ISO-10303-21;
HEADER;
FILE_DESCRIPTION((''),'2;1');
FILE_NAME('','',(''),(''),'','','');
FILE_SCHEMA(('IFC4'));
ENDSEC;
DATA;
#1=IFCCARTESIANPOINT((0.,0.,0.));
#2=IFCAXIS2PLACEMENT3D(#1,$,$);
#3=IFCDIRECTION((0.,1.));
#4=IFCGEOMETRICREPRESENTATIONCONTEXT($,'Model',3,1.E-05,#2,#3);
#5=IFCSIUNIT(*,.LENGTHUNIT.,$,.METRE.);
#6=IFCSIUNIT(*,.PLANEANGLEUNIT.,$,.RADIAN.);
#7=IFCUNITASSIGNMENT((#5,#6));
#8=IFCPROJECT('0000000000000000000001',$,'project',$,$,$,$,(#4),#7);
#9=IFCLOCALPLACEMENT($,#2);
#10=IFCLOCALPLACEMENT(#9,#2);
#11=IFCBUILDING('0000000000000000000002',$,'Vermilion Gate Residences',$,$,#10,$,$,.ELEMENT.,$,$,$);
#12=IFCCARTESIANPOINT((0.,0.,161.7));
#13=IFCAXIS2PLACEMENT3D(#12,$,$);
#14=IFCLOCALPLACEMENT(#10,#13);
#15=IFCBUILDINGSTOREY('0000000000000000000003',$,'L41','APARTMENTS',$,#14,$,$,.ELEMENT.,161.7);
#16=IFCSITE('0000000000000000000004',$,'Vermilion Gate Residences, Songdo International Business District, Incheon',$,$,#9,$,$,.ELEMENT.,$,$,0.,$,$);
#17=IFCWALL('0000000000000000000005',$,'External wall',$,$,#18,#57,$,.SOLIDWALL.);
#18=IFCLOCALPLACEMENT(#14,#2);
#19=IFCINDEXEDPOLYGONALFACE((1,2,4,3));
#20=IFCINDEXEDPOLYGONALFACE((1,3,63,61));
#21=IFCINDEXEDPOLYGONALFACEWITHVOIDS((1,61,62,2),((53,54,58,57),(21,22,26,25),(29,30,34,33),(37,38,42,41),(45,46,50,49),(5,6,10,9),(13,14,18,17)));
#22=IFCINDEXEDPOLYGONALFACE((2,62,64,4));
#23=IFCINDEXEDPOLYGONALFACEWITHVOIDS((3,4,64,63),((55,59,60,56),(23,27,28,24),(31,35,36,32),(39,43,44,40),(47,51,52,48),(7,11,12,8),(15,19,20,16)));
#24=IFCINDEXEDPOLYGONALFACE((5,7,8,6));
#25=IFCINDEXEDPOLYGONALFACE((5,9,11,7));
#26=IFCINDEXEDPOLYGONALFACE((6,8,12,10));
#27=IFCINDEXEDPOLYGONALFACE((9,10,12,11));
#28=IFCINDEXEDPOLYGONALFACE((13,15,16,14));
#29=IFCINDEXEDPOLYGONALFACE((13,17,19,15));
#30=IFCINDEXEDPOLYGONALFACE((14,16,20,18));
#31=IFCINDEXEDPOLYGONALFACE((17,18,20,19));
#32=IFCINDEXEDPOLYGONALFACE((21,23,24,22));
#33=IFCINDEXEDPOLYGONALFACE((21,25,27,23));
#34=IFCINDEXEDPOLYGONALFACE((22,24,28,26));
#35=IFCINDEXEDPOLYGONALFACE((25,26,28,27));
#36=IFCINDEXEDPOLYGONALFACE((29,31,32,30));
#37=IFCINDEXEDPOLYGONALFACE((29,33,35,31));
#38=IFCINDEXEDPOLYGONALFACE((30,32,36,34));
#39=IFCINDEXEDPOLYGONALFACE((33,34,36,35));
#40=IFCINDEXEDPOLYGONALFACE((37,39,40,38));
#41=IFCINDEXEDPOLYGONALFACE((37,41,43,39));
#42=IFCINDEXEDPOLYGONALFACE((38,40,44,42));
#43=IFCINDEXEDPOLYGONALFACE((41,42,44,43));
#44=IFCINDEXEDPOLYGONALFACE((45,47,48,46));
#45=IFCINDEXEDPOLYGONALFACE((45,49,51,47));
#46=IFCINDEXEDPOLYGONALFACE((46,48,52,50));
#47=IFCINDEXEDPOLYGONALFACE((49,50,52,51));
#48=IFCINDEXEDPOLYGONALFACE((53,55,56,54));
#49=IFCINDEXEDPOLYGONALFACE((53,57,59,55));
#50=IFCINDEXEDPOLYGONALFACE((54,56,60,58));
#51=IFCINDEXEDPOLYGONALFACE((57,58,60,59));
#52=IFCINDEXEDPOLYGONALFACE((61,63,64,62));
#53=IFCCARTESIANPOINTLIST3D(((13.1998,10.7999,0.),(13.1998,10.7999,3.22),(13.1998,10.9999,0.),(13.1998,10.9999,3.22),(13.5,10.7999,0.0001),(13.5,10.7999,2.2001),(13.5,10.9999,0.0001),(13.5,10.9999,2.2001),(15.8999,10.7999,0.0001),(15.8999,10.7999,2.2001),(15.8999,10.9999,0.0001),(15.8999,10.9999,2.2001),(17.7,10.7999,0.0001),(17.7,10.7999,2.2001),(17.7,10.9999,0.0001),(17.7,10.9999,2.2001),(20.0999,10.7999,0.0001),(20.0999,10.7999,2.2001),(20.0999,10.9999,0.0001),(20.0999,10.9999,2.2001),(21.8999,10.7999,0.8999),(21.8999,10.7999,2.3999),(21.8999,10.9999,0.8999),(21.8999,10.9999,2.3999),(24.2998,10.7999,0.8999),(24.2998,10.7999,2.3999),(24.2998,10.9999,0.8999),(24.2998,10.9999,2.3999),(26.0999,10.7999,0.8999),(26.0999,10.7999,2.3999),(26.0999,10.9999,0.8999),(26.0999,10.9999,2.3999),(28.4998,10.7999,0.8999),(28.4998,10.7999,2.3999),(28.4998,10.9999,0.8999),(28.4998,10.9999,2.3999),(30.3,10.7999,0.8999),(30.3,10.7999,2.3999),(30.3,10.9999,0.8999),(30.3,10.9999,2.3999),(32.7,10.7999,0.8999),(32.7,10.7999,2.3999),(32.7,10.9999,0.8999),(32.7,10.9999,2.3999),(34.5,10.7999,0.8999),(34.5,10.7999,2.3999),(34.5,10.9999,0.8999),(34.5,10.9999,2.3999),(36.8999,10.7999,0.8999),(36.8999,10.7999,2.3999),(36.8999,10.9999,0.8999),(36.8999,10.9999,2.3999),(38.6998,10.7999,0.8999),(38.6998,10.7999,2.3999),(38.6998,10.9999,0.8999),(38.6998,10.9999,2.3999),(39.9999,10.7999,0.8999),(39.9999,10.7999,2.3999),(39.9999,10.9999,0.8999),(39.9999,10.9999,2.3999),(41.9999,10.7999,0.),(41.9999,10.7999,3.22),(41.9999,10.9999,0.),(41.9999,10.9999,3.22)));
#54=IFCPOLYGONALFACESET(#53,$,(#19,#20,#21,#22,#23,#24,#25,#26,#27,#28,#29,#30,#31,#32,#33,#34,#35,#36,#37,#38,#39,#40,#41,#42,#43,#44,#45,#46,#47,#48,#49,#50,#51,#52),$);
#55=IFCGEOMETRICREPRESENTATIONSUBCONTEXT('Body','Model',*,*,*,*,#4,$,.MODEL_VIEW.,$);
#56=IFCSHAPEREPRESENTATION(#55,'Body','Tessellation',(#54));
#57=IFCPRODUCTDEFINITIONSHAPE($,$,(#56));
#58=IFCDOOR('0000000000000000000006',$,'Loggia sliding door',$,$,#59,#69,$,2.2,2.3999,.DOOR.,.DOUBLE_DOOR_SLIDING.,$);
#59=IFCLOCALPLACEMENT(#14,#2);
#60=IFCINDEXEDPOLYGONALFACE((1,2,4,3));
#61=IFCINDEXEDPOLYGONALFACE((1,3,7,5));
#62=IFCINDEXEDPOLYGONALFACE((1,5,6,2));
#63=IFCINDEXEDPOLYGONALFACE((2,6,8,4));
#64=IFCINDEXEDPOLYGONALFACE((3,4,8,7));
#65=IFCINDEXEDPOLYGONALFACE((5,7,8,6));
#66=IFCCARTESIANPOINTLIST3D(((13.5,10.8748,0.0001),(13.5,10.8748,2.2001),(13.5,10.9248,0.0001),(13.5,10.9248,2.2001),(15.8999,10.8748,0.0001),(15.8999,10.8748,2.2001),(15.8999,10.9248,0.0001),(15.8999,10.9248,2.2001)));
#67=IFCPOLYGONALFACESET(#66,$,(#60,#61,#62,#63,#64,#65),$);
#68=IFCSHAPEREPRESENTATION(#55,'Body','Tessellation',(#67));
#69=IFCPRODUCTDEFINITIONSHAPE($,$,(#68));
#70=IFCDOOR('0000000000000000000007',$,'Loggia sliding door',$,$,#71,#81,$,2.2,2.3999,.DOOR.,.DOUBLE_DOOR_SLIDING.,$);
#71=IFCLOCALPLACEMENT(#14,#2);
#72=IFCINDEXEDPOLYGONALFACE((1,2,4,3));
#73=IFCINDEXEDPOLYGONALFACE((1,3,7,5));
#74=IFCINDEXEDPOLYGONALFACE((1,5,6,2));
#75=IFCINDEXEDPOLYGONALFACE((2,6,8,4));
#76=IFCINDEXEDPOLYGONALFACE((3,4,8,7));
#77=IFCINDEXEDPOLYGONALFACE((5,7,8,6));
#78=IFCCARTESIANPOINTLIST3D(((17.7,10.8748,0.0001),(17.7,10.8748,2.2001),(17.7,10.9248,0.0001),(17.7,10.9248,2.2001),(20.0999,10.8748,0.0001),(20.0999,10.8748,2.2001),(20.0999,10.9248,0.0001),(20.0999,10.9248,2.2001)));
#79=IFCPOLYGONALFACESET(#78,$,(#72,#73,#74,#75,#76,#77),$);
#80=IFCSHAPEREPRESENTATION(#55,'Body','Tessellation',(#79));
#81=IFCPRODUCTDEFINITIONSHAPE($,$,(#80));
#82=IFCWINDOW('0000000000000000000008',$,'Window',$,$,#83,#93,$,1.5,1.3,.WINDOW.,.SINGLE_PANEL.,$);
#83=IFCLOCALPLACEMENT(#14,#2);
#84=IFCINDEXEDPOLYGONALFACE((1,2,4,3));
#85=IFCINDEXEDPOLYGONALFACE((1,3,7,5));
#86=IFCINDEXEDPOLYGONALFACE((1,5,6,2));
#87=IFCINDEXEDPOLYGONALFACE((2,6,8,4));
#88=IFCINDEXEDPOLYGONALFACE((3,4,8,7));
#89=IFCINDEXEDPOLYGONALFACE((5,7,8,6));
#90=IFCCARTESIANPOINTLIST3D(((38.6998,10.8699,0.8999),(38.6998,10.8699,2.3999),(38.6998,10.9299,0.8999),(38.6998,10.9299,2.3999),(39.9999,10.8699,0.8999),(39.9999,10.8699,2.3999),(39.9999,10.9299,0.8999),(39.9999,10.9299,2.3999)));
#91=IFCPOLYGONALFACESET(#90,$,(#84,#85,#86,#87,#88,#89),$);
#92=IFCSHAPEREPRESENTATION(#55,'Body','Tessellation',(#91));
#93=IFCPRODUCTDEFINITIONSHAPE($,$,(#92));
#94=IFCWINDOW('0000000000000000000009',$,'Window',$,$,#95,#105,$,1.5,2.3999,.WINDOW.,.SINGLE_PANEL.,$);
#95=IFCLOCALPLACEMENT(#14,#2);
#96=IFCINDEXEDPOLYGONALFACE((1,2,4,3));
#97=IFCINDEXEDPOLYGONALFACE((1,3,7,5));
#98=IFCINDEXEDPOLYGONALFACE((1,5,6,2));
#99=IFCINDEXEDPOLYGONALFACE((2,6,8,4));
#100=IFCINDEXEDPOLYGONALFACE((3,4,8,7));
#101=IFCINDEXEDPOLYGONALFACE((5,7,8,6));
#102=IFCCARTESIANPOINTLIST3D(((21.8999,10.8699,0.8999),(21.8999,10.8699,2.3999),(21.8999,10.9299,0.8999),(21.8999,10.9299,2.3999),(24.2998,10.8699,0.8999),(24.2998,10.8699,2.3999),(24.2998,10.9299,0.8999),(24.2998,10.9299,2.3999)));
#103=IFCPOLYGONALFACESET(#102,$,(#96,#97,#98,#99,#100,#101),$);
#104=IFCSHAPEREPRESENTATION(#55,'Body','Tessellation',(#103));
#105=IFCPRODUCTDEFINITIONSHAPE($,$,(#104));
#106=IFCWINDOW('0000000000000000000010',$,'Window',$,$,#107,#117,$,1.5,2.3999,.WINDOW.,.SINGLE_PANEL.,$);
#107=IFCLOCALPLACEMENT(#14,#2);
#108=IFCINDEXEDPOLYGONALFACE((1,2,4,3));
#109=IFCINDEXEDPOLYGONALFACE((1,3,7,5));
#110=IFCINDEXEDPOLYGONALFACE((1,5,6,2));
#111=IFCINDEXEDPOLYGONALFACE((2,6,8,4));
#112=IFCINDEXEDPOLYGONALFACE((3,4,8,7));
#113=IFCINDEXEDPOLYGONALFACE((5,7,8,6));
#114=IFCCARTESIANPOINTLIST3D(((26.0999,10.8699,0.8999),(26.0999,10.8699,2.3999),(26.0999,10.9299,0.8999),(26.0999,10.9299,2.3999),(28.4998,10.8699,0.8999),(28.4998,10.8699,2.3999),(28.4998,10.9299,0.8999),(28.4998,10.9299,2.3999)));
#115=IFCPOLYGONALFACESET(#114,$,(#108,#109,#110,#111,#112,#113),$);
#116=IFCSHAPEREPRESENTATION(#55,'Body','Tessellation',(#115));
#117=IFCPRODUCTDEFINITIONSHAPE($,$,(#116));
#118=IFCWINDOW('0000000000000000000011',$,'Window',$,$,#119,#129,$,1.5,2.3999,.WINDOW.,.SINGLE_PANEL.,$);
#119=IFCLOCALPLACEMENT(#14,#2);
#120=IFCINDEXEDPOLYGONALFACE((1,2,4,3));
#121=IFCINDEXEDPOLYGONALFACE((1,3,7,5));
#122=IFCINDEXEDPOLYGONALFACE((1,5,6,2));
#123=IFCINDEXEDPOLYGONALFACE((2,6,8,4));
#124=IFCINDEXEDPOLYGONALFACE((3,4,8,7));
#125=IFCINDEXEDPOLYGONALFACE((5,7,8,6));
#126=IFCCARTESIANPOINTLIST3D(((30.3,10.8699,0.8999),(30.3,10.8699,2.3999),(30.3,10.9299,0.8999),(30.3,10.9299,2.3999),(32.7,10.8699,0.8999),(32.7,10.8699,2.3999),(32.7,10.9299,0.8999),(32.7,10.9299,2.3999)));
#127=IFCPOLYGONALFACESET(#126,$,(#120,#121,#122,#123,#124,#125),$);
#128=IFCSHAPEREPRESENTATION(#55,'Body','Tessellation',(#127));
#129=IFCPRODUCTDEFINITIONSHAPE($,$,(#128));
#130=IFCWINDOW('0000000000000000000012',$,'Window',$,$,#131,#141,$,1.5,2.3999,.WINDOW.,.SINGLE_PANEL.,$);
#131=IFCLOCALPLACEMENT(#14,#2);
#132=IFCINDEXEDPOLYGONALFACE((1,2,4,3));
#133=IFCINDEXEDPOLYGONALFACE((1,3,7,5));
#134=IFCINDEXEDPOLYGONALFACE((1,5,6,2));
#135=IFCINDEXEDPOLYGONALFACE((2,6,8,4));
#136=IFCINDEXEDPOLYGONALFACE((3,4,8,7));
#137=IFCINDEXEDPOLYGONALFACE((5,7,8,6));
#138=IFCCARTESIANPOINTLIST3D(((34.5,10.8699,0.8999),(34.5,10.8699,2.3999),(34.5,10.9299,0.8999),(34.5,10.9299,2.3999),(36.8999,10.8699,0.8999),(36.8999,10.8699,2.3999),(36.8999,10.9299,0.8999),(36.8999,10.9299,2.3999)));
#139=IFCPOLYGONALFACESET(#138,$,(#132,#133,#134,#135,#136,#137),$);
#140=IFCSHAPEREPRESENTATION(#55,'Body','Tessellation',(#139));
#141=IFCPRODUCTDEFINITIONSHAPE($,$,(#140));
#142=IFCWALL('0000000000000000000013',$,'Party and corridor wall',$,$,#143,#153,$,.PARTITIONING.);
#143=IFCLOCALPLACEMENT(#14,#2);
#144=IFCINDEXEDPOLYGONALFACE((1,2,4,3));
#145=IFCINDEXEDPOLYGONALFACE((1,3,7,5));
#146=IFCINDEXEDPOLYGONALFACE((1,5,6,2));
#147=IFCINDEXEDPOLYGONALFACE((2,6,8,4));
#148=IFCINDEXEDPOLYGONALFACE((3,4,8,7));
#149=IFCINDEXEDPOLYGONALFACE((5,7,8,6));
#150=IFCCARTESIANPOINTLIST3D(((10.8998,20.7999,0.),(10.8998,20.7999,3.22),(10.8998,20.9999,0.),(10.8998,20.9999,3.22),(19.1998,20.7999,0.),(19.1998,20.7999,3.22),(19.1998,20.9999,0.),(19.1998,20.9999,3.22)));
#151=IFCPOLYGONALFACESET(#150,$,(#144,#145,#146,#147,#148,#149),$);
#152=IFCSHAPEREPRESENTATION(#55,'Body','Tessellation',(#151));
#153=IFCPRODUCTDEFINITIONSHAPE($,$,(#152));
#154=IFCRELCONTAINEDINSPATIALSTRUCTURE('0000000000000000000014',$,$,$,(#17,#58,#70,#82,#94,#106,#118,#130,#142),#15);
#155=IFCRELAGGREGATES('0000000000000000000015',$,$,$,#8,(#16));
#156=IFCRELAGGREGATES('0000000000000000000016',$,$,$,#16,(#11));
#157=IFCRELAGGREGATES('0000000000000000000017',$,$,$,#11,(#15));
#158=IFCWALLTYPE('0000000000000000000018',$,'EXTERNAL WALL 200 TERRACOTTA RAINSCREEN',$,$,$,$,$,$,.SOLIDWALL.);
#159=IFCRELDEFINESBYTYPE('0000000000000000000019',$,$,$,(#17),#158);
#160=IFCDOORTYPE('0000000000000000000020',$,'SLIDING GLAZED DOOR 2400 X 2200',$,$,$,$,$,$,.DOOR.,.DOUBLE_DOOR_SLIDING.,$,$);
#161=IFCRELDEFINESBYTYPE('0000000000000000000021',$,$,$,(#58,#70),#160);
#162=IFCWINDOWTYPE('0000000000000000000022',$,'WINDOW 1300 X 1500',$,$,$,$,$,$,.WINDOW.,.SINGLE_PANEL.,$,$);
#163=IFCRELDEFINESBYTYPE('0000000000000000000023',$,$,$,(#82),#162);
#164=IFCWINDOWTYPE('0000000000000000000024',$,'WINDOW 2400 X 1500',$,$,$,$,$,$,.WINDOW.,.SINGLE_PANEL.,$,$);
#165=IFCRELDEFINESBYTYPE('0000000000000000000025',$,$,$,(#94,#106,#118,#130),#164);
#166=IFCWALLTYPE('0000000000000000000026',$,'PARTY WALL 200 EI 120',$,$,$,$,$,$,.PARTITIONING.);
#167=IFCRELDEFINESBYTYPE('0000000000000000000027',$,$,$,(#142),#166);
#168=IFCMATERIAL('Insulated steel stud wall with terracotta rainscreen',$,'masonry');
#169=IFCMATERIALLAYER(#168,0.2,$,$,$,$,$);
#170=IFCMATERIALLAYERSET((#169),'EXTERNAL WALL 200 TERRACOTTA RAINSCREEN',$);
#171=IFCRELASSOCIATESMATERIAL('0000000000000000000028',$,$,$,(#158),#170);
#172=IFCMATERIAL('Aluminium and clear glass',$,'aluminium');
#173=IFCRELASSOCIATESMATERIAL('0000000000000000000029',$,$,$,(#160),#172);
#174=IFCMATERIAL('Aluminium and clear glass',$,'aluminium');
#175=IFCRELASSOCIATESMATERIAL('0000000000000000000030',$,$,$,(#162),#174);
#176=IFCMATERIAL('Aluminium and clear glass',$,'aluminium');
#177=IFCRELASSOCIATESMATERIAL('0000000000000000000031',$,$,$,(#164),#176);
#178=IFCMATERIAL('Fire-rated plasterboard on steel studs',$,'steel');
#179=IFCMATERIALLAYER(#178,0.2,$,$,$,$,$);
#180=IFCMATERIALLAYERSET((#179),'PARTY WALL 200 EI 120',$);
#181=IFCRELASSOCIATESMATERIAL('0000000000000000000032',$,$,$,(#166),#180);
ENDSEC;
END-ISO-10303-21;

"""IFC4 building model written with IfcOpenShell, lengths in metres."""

from ifc_helpers import new_model, si_unit, direction, frame, frame_2d, origin, place, context, subcontext, project, spatial, rectangle, extrude, material, layer, layer_set, type_object, element, fill, save


model = new_model("IFC4")

# Units and contexts
model_context = context("Model", 3, precision=1e-05, world=origin(), true_north=direction((0.0, 1.0)))
body_context = subcontext(model_context, "Body", "Model", "MODEL_VIEW")
ifc_project = project(units=[si_unit("LENGTHUNIT", "METRE"), si_unit("PLANEANGLEUNIT", "RADIAN")], contexts=[model_context])

# Site, building, storey
site_placement = place(None, origin())
site = spatial("IfcSite", under=ifc_project, at=site_placement, Name="Vermilion Gate Residences, Songdo International Business District, Incheon", CompositionType="ELEMENT", RefElevation=0.0)
building_placement = place(site_placement, origin())
building = spatial("IfcBuilding", under=site, at=building_placement, Name="Vermilion Gate Residences", CompositionType="ELEMENT")
storey_placement = place(building_placement, frame((0.0, 0.0, 161.7)))
storey = spatial("IfcBuildingStorey", under=building, at=storey_placement, Name="L41", Description="APARTMENTS", CompositionType="ELEMENT", Elevation=161.7)

# Shared definitions
ifc_material_1 = material(Name="Insulated steel stud wall with terracotta rainscreen", Category="masonry")
ifc_layer_1 = layer(ifc_material_1, 0.2)
ifc_layer_set_1 = layer_set([ifc_layer_1], Name="EXTERNAL WALL 200 TERRACOTTA RAINSCREEN")
wall_type_1 = type_object("IfcWallType", Name="EXTERNAL WALL 200 TERRACOTTA RAINSCREEN", PredefinedType="SOLIDWALL", material=ifc_layer_set_1)

# Wall, openings, doors, windows
wall_1_placement = place(storey_placement, frame((13.2, 10.8999, 0.0), z_axis=(0.0, 0.0, 1.0), x_axis=(1.0, 0.0, 0.0)))
wall_1 = element("IfcWall", 1, at=wall_1_placement, inside=storey, type_object=wall_type_1, Name="External wall", PredefinedType="SOLIDWALL", context=body_context, shape_type="SweptSolid", body=[
    extrude(rectangle(XDim=28.8, YDim=0.2, at=frame_2d((14.3999, 0.0))), origin(), (0.0, 0.0, 1.0), 3.22),
])
opening_1_placement = place(wall_1_placement, frame((0.3, 0.0, 0.0)))
opening_1 = element("IfcOpeningElement", 2, at=opening_1_placement, cuts=wall_1, PredefinedType="OPENING", context=body_context, shape_type="SweptSolid", body=[
    extrude(rectangle(XDim=2.3999, YDim=2.2, at=frame_2d((1.2, 1.1001))), frame((0.0, 0.1099, 0.0), z_axis=(0.0, -1.0, 0.0), x_axis=(1.0, 0.0, 0.0)), (0.0, 0.0, 1.0), 0.22),
])
opening_2_placement = place(wall_1_placement, frame((4.5, 0.0, 0.0)))
opening_2 = element("IfcOpeningElement", 3, at=opening_2_placement, cuts=wall_1, PredefinedType="OPENING", context=body_context, shape_type="SweptSolid", body=[
    extrude(rectangle(XDim=2.3999, YDim=2.2, at=frame_2d((1.2, 1.1001))), frame((0.0, 0.1099, 0.0), z_axis=(0.0, -1.0, 0.0), x_axis=(1.0, 0.0, 0.0)), (0.0, 0.0, 1.0), 0.22),
])
opening_3_placement = place(wall_1_placement, frame((8.7, 0.0, 0.8999)))
opening_3 = element("IfcOpeningElement", 4, at=opening_3_placement, cuts=wall_1, PredefinedType="OPENING", context=body_context, shape_type="SweptSolid", body=[
    extrude(rectangle(XDim=2.3999, YDim=1.5, at=frame_2d((1.2, 0.75))), frame((0.0, 0.1099, 0.0), z_axis=(0.0, -1.0, 0.0), x_axis=(1.0, 0.0, 0.0)), (0.0, 0.0, 1.0), 0.22),
])
opening_4_placement = place(wall_1_placement, frame((12.8999, 0.0, 0.8999)))
opening_4 = element("IfcOpeningElement", 5, at=opening_4_placement, cuts=wall_1, PredefinedType="OPENING", context=body_context, shape_type="SweptSolid", body=[
    extrude(rectangle(XDim=2.3999, YDim=1.5, at=frame_2d((1.2, 0.75))), frame((0.0, 0.1099, 0.0), z_axis=(0.0, -1.0, 0.0), x_axis=(1.0, 0.0, 0.0)), (0.0, 0.0, 1.0), 0.22),
])
opening_5_placement = place(wall_1_placement, frame((17.1001, 0.0, 0.8999)))
opening_5 = element("IfcOpeningElement", 6, at=opening_5_placement, cuts=wall_1, PredefinedType="OPENING", context=body_context, shape_type="SweptSolid", body=[
    extrude(rectangle(XDim=2.3999, YDim=1.5, at=frame_2d((1.2, 0.75))), frame((0.0, 0.1099, 0.0), z_axis=(0.0, -1.0, 0.0), x_axis=(1.0, 0.0, 0.0)), (0.0, 0.0, 1.0), 0.22),
])
opening_6_placement = place(wall_1_placement, frame((21.3, 0.0, 0.8999)))
opening_6 = element("IfcOpeningElement", 7, at=opening_6_placement, cuts=wall_1, PredefinedType="OPENING", context=body_context, shape_type="SweptSolid", body=[
    extrude(rectangle(XDim=2.3999, YDim=1.5, at=frame_2d((1.2, 0.75))), frame((0.0, 0.1099, 0.0), z_axis=(0.0, -1.0, 0.0), x_axis=(1.0, 0.0, 0.0)), (0.0, 0.0, 1.0), 0.22),
])
opening_7_placement = place(wall_1_placement, frame((25.5, 0.0, 0.8999)))
opening_7 = element("IfcOpeningElement", 8, at=opening_7_placement, cuts=wall_1, PredefinedType="OPENING", context=body_context, shape_type="SweptSolid", body=[
    extrude(rectangle(XDim=1.3, YDim=1.5, at=frame_2d((0.6499, 0.75))), frame((0.0, 0.1099, 0.0), z_axis=(0.0, -1.0, 0.0), x_axis=(1.0, 0.0, 0.0)), (0.0, 0.0, 1.0), 0.22),
])
ifc_material_2 = material(Name="Aluminium and clear glass", Category="aluminium")
door_type = type_object("IfcDoorType", Name="SLIDING GLAZED DOOR 2400 X 2200", OperationType="DOUBLE_DOOR_SLIDING", PredefinedType="DOOR", material=ifc_material_2)
door_1_placement = place(opening_1_placement, origin())
door_1 = element("IfcDoor", 9, at=door_1_placement, inside=storey, type_object=door_type, Name="Loggia sliding door", OperationType="DOUBLE_DOOR_SLIDING", OverallHeight=2.2, OverallWidth=2.3999, PredefinedType="DOOR", context=body_context, shape_type="SweptSolid", body=[
    extrude(rectangle(XDim=2.3999, YDim=2.2, at=frame_2d((1.2, 1.1001))), frame((0.0, 0.0249, 0.0), z_axis=(0.0, -1.0, 0.0), x_axis=(1.0, 0.0, 0.0)), (0.0, 0.0, 1.0), 0.05),
])
fill(opening_1, door_1)
door_2_placement = place(opening_2_placement, origin())
door_2 = element("IfcDoor", 10, at=door_2_placement, inside=storey, type_object=door_type, Name="Loggia sliding door", OperationType="DOUBLE_DOOR_SLIDING", OverallHeight=2.2, OverallWidth=2.3999, PredefinedType="DOOR", context=body_context, shape_type="SweptSolid", body=[
    extrude(rectangle(XDim=2.3999, YDim=2.2, at=frame_2d((1.2, 1.1001))), frame((0.0, 0.0249, 0.0), z_axis=(0.0, -1.0, 0.0), x_axis=(1.0, 0.0, 0.0)), (0.0, 0.0, 1.0), 0.05),
])
fill(opening_2, door_2)
ifc_material_3 = material(Name="Aluminium and clear glass", Category="aluminium")
window_type_1 = type_object("IfcWindowType", Name="WINDOW 1300 X 1500", PartitioningType="SINGLE_PANEL", PredefinedType="WINDOW", material=ifc_material_3)
window_1_placement = place(opening_7_placement, origin())
window_1 = element("IfcWindow", 11, at=window_1_placement, inside=storey, type_object=window_type_1, Name="Window", OverallHeight=1.5, OverallWidth=1.3, PartitioningType="SINGLE_PANEL", PredefinedType="WINDOW", context=body_context, shape_type="SweptSolid", body=[
    extrude(rectangle(XDim=1.3, YDim=1.5, at=frame_2d((0.6499, 0.75))), frame((0.0, 0.03, 0.0), z_axis=(0.0, -1.0, 0.0), x_axis=(1.0, 0.0, 0.0)), (0.0, 0.0, 1.0), 0.0601),
])
fill(opening_7, window_1)
ifc_material_4 = material(Name="Aluminium and clear glass", Category="aluminium")
window_type_2 = type_object("IfcWindowType", Name="WINDOW 2400 X 1500", PartitioningType="SINGLE_PANEL", PredefinedType="WINDOW", material=ifc_material_4)
window_2_placement = place(opening_3_placement, origin())
window_2 = element("IfcWindow", 12, at=window_2_placement, inside=storey, type_object=window_type_2, Name="Window", OverallHeight=1.5, OverallWidth=2.3999, PartitioningType="SINGLE_PANEL", PredefinedType="WINDOW", context=body_context, shape_type="SweptSolid", body=[
    extrude(rectangle(XDim=2.3999, YDim=1.5, at=frame_2d((1.2, 0.75))), frame((0.0, 0.03, 0.0), z_axis=(0.0, -1.0, 0.0), x_axis=(1.0, 0.0, 0.0)), (0.0, 0.0, 1.0), 0.0601),
])
fill(opening_3, window_2)
window_3_placement = place(opening_4_placement, origin())
window_3 = element("IfcWindow", 13, at=window_3_placement, inside=storey, type_object=window_type_2, Name="Window", OverallHeight=1.5, OverallWidth=2.3999, PartitioningType="SINGLE_PANEL", PredefinedType="WINDOW", context=body_context, shape_type="SweptSolid", body=[
    extrude(rectangle(XDim=2.3999, YDim=1.5, at=frame_2d((1.2, 0.75))), frame((0.0, 0.03, 0.0), z_axis=(0.0, -1.0, 0.0), x_axis=(1.0, 0.0, 0.0)), (0.0, 0.0, 1.0), 0.0601),
])
fill(opening_4, window_3)
window_4_placement = place(opening_5_placement, origin())
window_4 = element("IfcWindow", 14, at=window_4_placement, inside=storey, type_object=window_type_2, Name="Window", OverallHeight=1.5, OverallWidth=2.3999, PartitioningType="SINGLE_PANEL", PredefinedType="WINDOW", context=body_context, shape_type="SweptSolid", body=[
    extrude(rectangle(XDim=2.3999, YDim=1.5, at=frame_2d((1.2, 0.75))), frame((0.0, 0.03, 0.0), z_axis=(0.0, -1.0, 0.0), x_axis=(1.0, 0.0, 0.0)), (0.0, 0.0, 1.0), 0.0601),
])
fill(opening_5, window_4)
window_5_placement = place(opening_6_placement, origin())
window_5 = element("IfcWindow", 15, at=window_5_placement, inside=storey, type_object=window_type_2, Name="Window", OverallHeight=1.5, OverallWidth=2.3999, PartitioningType="SINGLE_PANEL", PredefinedType="WINDOW", context=body_context, shape_type="SweptSolid", body=[
    extrude(rectangle(XDim=2.3999, YDim=1.5, at=frame_2d((1.2, 0.75))), frame((0.0, 0.03, 0.0), z_axis=(0.0, -1.0, 0.0), x_axis=(1.0, 0.0, 0.0)), (0.0, 0.0, 1.0), 0.0601),
])
fill(opening_6, window_5)

# Wall
ifc_material_5 = material(Name="Fire-rated plasterboard on steel studs", Category="steel")
ifc_layer_2 = layer(ifc_material_5, 0.2)
ifc_layer_set_2 = layer_set([ifc_layer_2], Name="PARTY WALL 200 EI 120")
wall_type_2 = type_object("IfcWallType", Name="PARTY WALL 200 EI 120", PredefinedType="PARTITIONING", material=ifc_layer_set_2)
wall_2_placement = place(storey_placement, frame((10.8999, 20.8999, 0.0), z_axis=(0.0, 0.0, 1.0), x_axis=(1.0, 0.0, 0.0)))
element("IfcWall", 16, at=wall_2_placement, inside=storey, type_object=wall_type_2, Name="Party and corridor wall", PredefinedType="PARTITIONING", context=body_context, shape_type="SweptSolid", body=[
    extrude(rectangle(XDim=8.3, YDim=0.2, at=frame_2d((4.1499, 0.0))), origin(), (0.0, 0.0, 1.0), 3.22),
])

save(model, "model.ifc")
